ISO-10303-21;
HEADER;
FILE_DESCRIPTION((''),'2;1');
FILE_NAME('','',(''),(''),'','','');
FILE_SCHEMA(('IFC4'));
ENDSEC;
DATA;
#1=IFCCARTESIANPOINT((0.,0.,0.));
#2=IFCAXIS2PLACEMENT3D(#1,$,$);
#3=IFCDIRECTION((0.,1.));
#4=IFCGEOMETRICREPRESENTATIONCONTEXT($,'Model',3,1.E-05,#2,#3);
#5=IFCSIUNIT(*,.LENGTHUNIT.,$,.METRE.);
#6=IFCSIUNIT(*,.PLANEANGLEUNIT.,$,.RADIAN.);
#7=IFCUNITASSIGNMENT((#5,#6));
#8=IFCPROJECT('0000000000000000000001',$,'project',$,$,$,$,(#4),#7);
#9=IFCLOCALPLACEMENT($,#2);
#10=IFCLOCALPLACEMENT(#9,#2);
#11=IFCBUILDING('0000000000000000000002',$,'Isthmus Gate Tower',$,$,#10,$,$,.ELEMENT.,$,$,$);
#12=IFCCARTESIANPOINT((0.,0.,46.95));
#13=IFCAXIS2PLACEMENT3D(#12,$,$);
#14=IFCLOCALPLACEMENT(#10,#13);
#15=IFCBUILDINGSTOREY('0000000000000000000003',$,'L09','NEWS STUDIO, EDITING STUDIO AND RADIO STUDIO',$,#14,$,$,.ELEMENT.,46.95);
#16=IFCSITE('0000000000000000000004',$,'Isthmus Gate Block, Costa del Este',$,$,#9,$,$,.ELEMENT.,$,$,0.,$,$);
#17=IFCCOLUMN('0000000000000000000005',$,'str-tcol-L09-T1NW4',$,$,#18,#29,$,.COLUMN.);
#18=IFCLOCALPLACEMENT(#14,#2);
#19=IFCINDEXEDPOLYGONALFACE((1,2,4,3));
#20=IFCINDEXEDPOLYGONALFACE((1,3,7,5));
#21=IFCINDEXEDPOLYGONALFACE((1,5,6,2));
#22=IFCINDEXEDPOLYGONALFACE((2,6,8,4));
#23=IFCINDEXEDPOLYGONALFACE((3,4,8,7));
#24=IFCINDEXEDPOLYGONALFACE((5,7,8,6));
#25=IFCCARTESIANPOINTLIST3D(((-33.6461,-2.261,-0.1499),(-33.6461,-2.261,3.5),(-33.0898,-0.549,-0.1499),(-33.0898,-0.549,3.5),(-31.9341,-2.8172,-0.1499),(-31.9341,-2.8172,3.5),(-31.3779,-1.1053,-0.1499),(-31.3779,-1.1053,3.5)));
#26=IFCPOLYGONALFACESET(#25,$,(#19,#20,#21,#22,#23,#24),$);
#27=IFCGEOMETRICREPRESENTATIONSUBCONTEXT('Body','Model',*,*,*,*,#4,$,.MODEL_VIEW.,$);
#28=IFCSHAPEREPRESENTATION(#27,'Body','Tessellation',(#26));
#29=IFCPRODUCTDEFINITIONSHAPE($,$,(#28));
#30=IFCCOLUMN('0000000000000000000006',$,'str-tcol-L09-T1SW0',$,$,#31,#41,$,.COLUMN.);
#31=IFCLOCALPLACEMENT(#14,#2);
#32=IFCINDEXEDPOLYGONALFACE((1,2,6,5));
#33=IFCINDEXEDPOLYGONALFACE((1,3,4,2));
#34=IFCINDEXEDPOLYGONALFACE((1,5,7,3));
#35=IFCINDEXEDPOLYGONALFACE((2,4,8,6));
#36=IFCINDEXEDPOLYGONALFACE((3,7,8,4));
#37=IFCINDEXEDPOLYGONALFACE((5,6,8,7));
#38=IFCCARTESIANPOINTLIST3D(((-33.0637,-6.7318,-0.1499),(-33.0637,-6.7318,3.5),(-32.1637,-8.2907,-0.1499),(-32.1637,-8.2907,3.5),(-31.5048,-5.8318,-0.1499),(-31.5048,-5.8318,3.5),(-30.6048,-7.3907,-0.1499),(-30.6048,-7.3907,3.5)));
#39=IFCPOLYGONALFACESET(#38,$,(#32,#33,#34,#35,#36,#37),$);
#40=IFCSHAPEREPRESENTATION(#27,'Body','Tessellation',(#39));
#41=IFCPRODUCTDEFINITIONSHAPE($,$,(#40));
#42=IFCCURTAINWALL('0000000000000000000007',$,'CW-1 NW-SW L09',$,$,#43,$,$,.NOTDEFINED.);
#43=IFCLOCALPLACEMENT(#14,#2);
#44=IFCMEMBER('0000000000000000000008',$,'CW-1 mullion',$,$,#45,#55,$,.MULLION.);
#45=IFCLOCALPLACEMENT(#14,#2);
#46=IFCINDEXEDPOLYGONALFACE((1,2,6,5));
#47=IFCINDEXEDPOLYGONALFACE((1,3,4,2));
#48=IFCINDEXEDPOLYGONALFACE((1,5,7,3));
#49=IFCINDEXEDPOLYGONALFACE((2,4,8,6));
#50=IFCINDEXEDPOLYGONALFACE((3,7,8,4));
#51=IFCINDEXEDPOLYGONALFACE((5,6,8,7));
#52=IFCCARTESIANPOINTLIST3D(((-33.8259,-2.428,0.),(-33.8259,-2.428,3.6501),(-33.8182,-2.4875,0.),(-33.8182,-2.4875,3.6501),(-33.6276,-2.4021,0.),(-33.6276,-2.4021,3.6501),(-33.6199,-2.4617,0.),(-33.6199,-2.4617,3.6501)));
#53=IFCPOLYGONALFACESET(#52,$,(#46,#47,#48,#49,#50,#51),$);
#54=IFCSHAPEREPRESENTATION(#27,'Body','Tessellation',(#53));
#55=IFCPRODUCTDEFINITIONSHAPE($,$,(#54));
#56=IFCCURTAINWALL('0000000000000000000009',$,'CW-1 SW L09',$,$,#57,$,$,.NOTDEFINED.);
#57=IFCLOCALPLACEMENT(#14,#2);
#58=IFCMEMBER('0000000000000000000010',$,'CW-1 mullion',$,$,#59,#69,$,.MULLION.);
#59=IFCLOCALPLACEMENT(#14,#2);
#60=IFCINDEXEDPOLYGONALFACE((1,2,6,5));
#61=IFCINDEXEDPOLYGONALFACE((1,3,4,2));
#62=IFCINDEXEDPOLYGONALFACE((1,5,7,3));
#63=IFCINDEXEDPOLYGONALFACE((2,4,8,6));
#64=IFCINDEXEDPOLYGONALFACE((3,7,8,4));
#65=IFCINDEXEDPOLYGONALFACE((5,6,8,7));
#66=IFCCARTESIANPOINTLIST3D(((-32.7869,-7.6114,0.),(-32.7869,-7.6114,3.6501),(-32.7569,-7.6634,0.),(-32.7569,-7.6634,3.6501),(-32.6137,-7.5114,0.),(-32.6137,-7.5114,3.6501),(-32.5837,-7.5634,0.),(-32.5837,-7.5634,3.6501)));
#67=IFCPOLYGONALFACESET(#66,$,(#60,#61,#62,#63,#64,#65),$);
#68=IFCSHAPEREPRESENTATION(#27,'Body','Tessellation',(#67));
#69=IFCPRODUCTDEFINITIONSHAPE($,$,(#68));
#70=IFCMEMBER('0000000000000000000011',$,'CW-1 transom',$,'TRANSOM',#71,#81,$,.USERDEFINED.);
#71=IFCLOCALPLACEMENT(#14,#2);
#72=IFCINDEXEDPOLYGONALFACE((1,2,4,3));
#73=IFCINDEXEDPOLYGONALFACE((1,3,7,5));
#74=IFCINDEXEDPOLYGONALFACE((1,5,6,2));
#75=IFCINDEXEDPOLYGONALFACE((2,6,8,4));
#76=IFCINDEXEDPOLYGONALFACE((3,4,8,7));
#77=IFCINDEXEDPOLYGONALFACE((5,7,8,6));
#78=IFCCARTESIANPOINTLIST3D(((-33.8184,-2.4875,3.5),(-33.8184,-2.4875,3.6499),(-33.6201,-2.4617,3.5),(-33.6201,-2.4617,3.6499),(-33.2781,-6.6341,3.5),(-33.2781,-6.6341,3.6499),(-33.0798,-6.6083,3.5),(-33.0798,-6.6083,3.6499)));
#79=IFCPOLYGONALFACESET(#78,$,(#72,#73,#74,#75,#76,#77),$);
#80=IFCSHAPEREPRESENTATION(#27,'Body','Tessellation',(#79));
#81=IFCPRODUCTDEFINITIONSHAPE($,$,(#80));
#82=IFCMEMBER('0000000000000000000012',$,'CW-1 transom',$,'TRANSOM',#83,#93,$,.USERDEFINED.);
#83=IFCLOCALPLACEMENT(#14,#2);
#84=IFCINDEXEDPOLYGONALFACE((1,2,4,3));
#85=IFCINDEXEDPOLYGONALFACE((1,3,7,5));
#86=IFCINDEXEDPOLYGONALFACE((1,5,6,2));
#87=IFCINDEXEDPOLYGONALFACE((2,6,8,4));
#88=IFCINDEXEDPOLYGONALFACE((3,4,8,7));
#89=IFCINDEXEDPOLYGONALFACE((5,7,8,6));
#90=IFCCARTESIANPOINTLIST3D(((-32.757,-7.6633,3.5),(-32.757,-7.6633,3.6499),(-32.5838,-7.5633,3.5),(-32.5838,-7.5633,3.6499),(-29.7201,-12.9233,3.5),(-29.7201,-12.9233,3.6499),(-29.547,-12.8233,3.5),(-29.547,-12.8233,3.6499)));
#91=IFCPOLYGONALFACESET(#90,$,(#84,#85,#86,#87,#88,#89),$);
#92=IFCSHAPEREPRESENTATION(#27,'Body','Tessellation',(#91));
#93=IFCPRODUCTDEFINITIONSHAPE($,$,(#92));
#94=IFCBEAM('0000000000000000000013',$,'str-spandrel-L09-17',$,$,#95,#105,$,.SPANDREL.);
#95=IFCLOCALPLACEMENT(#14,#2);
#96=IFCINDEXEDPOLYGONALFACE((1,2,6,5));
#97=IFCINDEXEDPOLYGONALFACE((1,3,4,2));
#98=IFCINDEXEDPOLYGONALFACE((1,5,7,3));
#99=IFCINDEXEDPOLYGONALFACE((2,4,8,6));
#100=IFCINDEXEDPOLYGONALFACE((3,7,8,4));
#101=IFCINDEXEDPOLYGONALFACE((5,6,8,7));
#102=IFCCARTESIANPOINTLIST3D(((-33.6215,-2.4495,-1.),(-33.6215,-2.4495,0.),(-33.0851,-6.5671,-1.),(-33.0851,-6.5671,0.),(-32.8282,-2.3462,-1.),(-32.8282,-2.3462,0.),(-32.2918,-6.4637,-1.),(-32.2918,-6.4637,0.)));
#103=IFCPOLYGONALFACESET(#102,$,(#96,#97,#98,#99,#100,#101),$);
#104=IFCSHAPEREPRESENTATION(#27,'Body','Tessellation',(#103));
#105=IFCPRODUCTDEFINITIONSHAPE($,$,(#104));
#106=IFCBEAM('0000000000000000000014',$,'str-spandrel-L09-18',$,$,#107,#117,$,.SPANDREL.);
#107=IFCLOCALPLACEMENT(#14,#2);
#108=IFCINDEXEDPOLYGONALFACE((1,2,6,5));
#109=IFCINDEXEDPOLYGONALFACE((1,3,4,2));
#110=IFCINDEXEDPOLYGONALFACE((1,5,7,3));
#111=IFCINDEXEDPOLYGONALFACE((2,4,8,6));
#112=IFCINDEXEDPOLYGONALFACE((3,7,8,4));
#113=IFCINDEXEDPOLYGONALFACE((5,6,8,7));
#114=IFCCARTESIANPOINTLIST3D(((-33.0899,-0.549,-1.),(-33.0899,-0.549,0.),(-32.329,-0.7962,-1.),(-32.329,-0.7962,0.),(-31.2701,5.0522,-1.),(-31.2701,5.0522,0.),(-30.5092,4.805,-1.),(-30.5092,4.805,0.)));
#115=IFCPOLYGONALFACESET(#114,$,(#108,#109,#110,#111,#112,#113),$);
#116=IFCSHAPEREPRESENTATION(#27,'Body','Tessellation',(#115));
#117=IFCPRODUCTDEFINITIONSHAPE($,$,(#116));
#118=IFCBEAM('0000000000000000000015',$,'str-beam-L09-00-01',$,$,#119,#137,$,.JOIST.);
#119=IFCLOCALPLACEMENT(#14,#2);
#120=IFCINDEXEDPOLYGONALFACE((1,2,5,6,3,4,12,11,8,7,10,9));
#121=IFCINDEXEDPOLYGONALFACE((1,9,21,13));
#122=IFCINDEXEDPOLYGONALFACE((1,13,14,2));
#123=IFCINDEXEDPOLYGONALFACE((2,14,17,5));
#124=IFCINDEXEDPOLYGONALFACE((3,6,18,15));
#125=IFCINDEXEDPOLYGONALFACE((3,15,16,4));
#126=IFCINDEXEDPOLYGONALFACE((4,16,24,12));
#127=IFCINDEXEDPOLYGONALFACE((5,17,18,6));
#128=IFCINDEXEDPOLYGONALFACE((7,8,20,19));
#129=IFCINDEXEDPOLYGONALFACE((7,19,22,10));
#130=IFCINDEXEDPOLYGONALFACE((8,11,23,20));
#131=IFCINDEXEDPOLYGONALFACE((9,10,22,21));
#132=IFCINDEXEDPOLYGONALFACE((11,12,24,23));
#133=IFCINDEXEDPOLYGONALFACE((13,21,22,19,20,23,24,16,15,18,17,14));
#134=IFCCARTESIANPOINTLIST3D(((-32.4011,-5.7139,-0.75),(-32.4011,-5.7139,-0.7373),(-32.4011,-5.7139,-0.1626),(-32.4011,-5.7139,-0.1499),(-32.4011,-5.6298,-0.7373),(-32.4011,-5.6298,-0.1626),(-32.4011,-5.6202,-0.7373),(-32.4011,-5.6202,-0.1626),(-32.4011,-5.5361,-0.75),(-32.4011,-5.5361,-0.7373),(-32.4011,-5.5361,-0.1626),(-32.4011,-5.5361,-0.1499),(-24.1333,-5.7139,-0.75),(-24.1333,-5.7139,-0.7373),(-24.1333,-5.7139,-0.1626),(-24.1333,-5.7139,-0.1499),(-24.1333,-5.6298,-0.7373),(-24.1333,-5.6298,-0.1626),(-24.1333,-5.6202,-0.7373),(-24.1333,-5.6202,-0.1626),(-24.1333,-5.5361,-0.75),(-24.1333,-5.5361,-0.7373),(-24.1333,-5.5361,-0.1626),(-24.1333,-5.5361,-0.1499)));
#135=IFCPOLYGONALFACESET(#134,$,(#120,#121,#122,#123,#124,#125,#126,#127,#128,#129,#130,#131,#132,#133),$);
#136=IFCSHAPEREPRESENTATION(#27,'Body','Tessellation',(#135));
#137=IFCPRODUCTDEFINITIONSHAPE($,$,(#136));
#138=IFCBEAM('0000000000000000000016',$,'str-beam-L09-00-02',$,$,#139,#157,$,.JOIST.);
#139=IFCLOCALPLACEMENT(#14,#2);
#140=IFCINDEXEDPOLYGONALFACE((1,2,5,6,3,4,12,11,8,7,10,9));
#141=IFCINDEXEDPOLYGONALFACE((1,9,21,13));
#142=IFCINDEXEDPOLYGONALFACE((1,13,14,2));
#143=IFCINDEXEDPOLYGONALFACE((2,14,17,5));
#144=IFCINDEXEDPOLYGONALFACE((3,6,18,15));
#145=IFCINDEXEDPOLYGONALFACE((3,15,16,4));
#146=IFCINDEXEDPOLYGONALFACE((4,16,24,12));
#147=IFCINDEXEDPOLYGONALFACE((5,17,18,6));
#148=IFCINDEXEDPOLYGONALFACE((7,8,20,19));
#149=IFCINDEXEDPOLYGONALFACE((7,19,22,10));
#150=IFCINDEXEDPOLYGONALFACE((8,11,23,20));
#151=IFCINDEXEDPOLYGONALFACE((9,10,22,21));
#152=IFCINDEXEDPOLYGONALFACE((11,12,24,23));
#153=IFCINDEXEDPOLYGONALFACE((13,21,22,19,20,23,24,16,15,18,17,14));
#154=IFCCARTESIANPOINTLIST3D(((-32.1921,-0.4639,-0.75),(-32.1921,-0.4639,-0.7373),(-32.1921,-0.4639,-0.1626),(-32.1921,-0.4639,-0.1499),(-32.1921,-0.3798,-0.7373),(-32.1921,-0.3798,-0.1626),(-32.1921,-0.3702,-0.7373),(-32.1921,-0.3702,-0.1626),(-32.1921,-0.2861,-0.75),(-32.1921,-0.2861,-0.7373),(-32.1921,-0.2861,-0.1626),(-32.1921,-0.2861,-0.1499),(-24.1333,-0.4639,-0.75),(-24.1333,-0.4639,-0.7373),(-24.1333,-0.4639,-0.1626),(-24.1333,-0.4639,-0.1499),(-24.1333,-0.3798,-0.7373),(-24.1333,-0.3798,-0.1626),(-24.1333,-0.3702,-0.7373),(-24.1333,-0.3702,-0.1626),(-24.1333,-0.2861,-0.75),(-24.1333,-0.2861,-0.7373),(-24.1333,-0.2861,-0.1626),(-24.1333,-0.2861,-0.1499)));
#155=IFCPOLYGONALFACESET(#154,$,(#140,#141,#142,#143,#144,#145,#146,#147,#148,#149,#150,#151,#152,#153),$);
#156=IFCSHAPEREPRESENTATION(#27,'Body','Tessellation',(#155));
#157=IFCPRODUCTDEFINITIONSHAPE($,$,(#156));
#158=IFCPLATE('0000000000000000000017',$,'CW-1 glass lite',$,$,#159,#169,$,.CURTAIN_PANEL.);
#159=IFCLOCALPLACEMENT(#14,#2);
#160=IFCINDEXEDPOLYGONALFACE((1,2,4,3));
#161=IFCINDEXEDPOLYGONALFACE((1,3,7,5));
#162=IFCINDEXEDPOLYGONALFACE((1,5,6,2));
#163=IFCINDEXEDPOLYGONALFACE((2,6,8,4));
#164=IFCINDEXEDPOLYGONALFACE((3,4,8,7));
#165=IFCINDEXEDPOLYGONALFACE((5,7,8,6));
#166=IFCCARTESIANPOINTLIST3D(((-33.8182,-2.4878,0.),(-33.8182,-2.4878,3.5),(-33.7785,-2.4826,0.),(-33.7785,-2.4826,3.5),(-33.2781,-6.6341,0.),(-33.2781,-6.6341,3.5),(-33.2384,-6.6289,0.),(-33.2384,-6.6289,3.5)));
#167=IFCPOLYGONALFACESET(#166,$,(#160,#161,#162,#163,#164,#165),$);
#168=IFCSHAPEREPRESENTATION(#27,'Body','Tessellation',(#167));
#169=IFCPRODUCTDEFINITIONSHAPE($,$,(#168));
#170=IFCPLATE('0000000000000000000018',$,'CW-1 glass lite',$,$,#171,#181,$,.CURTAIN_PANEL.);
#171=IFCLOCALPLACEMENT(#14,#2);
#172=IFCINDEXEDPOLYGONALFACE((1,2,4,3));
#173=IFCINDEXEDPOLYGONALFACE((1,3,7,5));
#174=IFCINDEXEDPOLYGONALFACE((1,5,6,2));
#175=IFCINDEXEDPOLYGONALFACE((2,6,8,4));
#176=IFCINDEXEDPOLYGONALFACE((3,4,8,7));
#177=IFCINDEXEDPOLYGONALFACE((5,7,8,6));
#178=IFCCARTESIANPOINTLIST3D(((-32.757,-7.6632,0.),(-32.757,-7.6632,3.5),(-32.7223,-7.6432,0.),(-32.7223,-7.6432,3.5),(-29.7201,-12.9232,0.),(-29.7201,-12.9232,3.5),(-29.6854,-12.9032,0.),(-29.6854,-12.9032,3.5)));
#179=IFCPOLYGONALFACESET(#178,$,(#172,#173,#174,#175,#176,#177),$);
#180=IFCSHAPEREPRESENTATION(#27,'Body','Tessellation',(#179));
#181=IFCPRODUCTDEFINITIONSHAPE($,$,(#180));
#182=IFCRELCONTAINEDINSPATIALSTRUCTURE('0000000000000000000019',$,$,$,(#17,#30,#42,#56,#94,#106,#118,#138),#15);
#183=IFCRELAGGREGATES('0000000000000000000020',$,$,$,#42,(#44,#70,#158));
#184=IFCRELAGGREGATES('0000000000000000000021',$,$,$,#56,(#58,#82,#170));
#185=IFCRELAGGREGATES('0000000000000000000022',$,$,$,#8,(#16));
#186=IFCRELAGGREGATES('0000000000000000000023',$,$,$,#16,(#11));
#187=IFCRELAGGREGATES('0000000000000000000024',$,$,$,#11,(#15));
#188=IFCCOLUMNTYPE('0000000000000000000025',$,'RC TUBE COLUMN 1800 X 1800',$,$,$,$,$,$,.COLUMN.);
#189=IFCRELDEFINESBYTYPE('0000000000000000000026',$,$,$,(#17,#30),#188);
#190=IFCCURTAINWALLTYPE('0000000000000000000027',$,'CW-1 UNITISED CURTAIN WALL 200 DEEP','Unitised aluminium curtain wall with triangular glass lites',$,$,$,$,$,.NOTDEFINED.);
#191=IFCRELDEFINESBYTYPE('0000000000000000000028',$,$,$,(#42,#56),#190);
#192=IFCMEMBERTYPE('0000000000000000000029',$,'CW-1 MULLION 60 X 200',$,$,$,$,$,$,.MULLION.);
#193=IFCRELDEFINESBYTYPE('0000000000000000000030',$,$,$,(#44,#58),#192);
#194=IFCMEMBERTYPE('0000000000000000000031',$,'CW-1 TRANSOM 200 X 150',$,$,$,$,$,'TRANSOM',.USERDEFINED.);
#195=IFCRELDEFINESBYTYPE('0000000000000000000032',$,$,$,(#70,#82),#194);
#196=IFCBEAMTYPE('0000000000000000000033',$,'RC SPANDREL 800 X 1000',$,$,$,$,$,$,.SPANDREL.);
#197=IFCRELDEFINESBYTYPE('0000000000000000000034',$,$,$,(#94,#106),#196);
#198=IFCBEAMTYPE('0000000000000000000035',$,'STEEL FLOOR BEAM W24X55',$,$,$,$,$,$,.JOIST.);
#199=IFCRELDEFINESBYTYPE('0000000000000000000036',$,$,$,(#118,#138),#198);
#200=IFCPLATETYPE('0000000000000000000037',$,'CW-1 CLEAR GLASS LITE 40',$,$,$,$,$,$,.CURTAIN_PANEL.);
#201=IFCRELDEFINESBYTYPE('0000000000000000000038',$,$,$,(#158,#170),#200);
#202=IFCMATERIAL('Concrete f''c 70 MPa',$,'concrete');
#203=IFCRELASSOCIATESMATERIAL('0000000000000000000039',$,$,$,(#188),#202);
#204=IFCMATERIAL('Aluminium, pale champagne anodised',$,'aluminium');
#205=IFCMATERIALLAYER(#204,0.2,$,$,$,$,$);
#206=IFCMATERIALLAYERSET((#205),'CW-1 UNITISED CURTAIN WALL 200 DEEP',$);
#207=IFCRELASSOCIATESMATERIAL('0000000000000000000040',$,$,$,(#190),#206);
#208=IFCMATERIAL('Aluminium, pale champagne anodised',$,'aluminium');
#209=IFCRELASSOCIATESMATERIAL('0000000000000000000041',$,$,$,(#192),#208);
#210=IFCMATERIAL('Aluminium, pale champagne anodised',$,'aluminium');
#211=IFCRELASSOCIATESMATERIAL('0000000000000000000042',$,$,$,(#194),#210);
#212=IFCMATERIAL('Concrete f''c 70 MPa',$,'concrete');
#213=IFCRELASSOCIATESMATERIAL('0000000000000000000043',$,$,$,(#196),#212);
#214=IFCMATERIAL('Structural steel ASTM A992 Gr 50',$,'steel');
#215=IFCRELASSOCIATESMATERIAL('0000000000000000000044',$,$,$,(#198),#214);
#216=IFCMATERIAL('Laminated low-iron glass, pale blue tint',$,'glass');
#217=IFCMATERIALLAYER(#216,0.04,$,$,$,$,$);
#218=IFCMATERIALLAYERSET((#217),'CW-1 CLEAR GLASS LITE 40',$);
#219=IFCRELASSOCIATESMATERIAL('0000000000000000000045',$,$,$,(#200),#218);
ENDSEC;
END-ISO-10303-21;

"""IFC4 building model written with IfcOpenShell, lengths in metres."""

from ifc_helpers import new_model, si_unit, direction, frame, origin, origin_2d, place, context, subcontext, project, spatial, rectangle, i_section, extrude, material, layer, layer_set, material_profile, profile_set, type_object, element, aggregate, save


model = new_model("IFC4")

# Units and contexts
model_context = context("Model", 3, precision=1e-05, world=origin(), true_north=direction((0.0, 1.0)))
body_context = subcontext(model_context, "Body", "Model", "MODEL_VIEW")
ifc_project = project(units=[si_unit("LENGTHUNIT", "METRE"), si_unit("PLANEANGLEUNIT", "RADIAN")], contexts=[model_context])

# Site, building, storey
site_placement = place(None, origin())
site = spatial("IfcSite", under=ifc_project, at=site_placement, Name="Isthmus Gate Block, Costa del Este", CompositionType="ELEMENT", RefElevation=0.0)
building_placement = place(site_placement, origin())
building = spatial("IfcBuilding", under=site, at=building_placement, Name="Isthmus Gate Tower", CompositionType="ELEMENT")
storey_placement = place(building_placement, frame((0.0, 0.0, 46.95)))
storey = spatial("IfcBuildingStorey", under=building, at=storey_placement, Name="L09", Description="NEWS STUDIO, EDITING STUDIO AND RADIO STUDIO", CompositionType="ELEMENT", Elevation=46.95)

# Columns
ifc_material_1 = material(Name="Concrete f'c 70 MPa", Category="concrete")
ifc_material_profile_1 = material_profile(ifc_material_1, rectangle(XDim=1.8, YDim=1.8, at=origin_2d()), Name="RC 1800X1800")
ifc_profile_set_1 = profile_set([ifc_material_profile_1], Name="Concrete f'c 70 MPa")
column_type = type_object("IfcColumnType", Name="RC TUBE COLUMN 1800 X 1800", PredefinedType="COLUMN", material=ifc_profile_set_1)
for number, where, z_axis, x_axis, name in (
    (1, (-32.512, -1.6831, -0.1499), (0.0, 0.0, 1.0), (-0.309017, -0.951057, 0.0), "str-tcol-L09-T1NW4"),
    (2, (-31.8342, -7.0613, -0.1499), (0.0, 0.0, 1.0), (0.5, -0.866025, 0.0), "str-tcol-L09-T1SW0"),
):
    element("IfcColumn", number, at=place(storey_placement, frame(where, z_axis=z_axis, x_axis=x_axis)), inside=storey, type_object=column_type, Name=name, PredefinedType="COLUMN", context=body_context, shape_type="SweptSolid", body=[
        extrude(rectangle(XDim=1.8, YDim=1.8, at=origin_2d()), origin(), (0.0, 0.0, 1.0), 3.6499),
    ])

# Curtain walls, members
ifc_material_2 = material(Name="Aluminium, pale champagne anodised", Category="aluminium")
ifc_layer_1 = layer(ifc_material_2, 0.2)
ifc_layer_set_1 = layer_set([ifc_layer_1], Name="CW-1 UNITISED CURTAIN WALL 200 DEEP")
curtain_wall_type = type_object("IfcCurtainWallType", Name="CW-1 UNITISED CURTAIN WALL 200 DEEP", Description="Unitised aluminium curtain wall with triangular glass lites", PredefinedType="NOTDEFINED", material=ifc_layer_set_1)
curtain_wall_1_placement = place(storey_placement, origin())
curtain_wall_1 = element("IfcCurtainWall", 3, at=curtain_wall_1_placement, inside=storey, type_object=curtain_wall_type, Name="CW-1 NW-SW L09", PredefinedType="NOTDEFINED")
ifc_material_3 = material(Name="Aluminium, pale champagne anodised", Category="aluminium")
ifc_material_profile_2 = material_profile(ifc_material_3, rectangle(XDim=0.0601, YDim=0.2, at=origin_2d()), Name="60x200")
ifc_profile_set_2 = profile_set([ifc_material_profile_2], Name="Aluminium, pale champagne anodised")
member_type_1 = type_object("IfcMemberType", Name="CW-1 MULLION 60 X 200", PredefinedType="MULLION", material=ifc_profile_set_2)
member_1_placement = place(storey_placement, frame((-33.7229, -2.4448, 0.0), z_axis=(0.0, 0.0, 1.0), x_axis=(0.129165, -0.991623, 0.0)))
member_1 = element("IfcMember", 4, at=member_1_placement, type_object=member_type_1, Name="CW-1 mullion", PredefinedType="MULLION", context=body_context, shape_type="SweptSolid", body=[
    extrude(rectangle(XDim=0.0601, YDim=0.2, at=origin_2d()), origin(), (0.0, 0.0, 1.0), 3.6501),
])
curtain_wall_2_placement = place(storey_placement, origin())
curtain_wall_2 = element("IfcCurtainWall", 5, at=curtain_wall_2_placement, inside=storey, type_object=curtain_wall_type, Name="CW-1 SW L09", PredefinedType="NOTDEFINED")
member_2_placement = place(storey_placement, frame((-32.6853, -7.5874, 0.0), z_axis=(0.0, 0.0, 1.0), x_axis=(0.5, -0.866025, 0.0)))
member_2 = element("IfcMember", 6, at=member_2_placement, type_object=member_type_1, Name="CW-1 mullion", PredefinedType="MULLION", context=body_context, shape_type="SweptSolid", body=[
    extrude(rectangle(XDim=0.0601, YDim=0.2, at=origin_2d()), origin(), (0.0, 0.0, 1.0), 3.6501),
])

# Members
ifc_material_4 = material(Name="Aluminium, pale champagne anodised", Category="aluminium")
ifc_material_profile_3 = material_profile(ifc_material_4, rectangle(XDim=0.2, YDim=0.1499, at=origin_2d()), Name="200x150")
ifc_profile_set_3 = profile_set([ifc_material_profile_3], Name="Aluminium, pale champagne anodised")
member_type_2 = type_object("IfcMemberType", Name="CW-1 TRANSOM 200 X 150", ElementType="TRANSOM", PredefinedType="USERDEFINED", material=ifc_profile_set_3)
member_3_placement = place(storey_placement, frame((-33.7192, -2.4746, 3.575), z_axis=(0.129207, -0.991618, 0.0), x_axis=(0.991618, 0.129207, 0.0)))
member_3 = element("IfcMember", 7, at=member_3_placement, type_object=member_type_2, Name="CW-1 transom", ObjectType="TRANSOM", PredefinedType="USERDEFINED", context=body_context, shape_type="SweptSolid", body=[
    extrude(rectangle(XDim=0.2, YDim=0.1499, at=origin_2d()), origin(), (0.0, 0.0, 1.0), 4.1816),
])
member_4_placement = place(storey_placement, frame((-32.6704, -7.6133, 3.575), z_axis=(0.5, -0.866026, 0.0), x_axis=(0.866026, 0.5, 0.0)))
member_4 = element("IfcMember", 8, at=member_4_placement, type_object=member_type_2, Name="CW-1 transom", ObjectType="TRANSOM", PredefinedType="USERDEFINED", context=body_context, shape_type="SweptSolid", body=[
    extrude(rectangle(XDim=0.2, YDim=0.1499, at=origin_2d()), origin(), (0.0, 0.0, 1.0), 6.0737),
])

# Beams
ifc_material_5 = material(Name="Concrete f'c 70 MPa", Category="concrete")
ifc_material_profile_4 = material_profile(ifc_material_5, rectangle(XDim=0.8, YDim=1.0, at=origin_2d()), Name="RC 800X1000")
ifc_profile_set_4 = profile_set([ifc_material_profile_4], Name="Concrete f'c 70 MPa")
beam_type_1 = type_object("IfcBeamType", Name="RC SPANDREL 800 X 1000", PredefinedType="SPANDREL", material=ifc_profile_set_4)
beam_1_placement = place(storey_placement, frame((-32.6885, -6.5154, -0.5), z_axis=(-0.129171, 0.991622, 0.0), x_axis=(-0.991622, -0.129171, 0.0)))
element("IfcBeam", 9, at=beam_1_placement, inside=storey, type_object=beam_type_1, Name="str-spandrel-L09-17", PredefinedType="SPANDREL", context=body_context, shape_type="SweptSolid", body=[
    extrude(rectangle(XDim=0.8, YDim=1.0, at=origin_2d()), origin(), (0.0, 0.0, 1.0), 4.1523),
])
beam_2_placement = place(storey_placement, frame((-32.7095, -0.6726, -0.5), z_axis=(0.309005, 0.95106, 0.0), x_axis=(-0.95106, 0.309005, 0.0)))
element("IfcBeam", 10, at=beam_2_placement, inside=storey, type_object=beam_type_1, Name="str-spandrel-L09-18", PredefinedType="SPANDREL", context=body_context, shape_type="SweptSolid", body=[
    extrude(rectangle(XDim=0.8, YDim=1.0, at=origin_2d()), origin(), (0.0, 0.0, 1.0), 5.8894),
])
ifc_material_6 = material(Name="Structural steel ASTM A992 Gr 50", Category="steel")
ifc_material_profile_5 = material_profile(ifc_material_6, i_section(OverallWidth=0.1777, OverallDepth=0.6001, WebThickness=0.0095, FlangeThickness=0.0127, at=origin_2d()), Name="W24X55")
ifc_profile_set_5 = profile_set([ifc_material_profile_5], Name="Structural steel ASTM A992 Gr 50")
beam_type_2 = type_object("IfcBeamType", Name="STEEL FLOOR BEAM W24X55", PredefinedType="JOIST", material=ifc_profile_set_5)
beam_3_placement = place(storey_placement, frame((-32.4011, -5.625, -0.45), z_axis=(1.0, 0.0, 0.0), x_axis=(0.0, 1.0, 0.0)))
element("IfcBeam", 11, at=beam_3_placement, inside=storey, type_object=beam_type_2, Name="str-beam-L09-00-01", PredefinedType="JOIST", context=body_context, shape_type="SweptSolid", body=[
    extrude(i_section(OverallWidth=0.1777, OverallDepth=0.6001, WebThickness=0.0095, FlangeThickness=0.0127, at=origin_2d()), origin(), (0.0, 0.0, 1.0), 8.2678),
])
beam_4_placement = place(storey_placement, frame((-32.1921, -0.375, -0.45), z_axis=(1.0, 0.0, 0.0), x_axis=(0.0, 1.0, 0.0)))
element("IfcBeam", 12, at=beam_4_placement, inside=storey, type_object=beam_type_2, Name="str-beam-L09-00-02", PredefinedType="JOIST", context=body_context, shape_type="SweptSolid", body=[
    extrude(i_section(OverallWidth=0.1777, OverallDepth=0.6001, WebThickness=0.0095, FlangeThickness=0.0127, at=origin_2d()), origin(), (0.0, 0.0, 1.0), 8.0588),
])

# Plates
ifc_material_7 = material(Name="Laminated low-iron glass, pale blue tint", Category="glass")
ifc_layer_2 = layer(ifc_material_7, 0.04)
ifc_layer_set_2 = layer_set([ifc_layer_2], Name="CW-1 CLEAR GLASS LITE 40")
plate_type = type_object("IfcPlateType", Name="CW-1 CLEAR GLASS LITE 40", PredefinedType="CURTAIN_PANEL", material=ifc_layer_set_2)
plate_1_placement = place(storey_placement, frame((-33.5283, -4.5583, 0.0), z_axis=(0.0, 0.0, 1.0), x_axis=(0.129165, -0.991623, 0.0)))
plate_1 = element("IfcPlate", 13, at=plate_1_placement, type_object=plate_type, Name="CW-1 glass lite", PredefinedType="CURTAIN_PANEL", context=body_context, shape_type="SweptSolid", body=[
    extrude(rectangle(XDim=4.1814, YDim=0.04, at=origin_2d()), origin(), (0.0, 0.0, 1.0), 3.5),
])
aggregate(curtain_wall_1, [member_1, member_3, plate_1])
plate_2_placement = place(storey_placement, frame((-31.2212, -10.2832, 0.0), z_axis=(0.0, 0.0, 1.0), x_axis=(0.5, -0.866025, 0.0)))
plate_2 = element("IfcPlate", 14, at=plate_2_placement, type_object=plate_type, Name="CW-1 glass lite", PredefinedType="CURTAIN_PANEL", context=body_context, shape_type="SweptSolid", body=[
    extrude(rectangle(XDim=6.0737, YDim=0.04, at=origin_2d()), origin(), (0.0, 0.0, 1.0), 3.5),
])
aggregate(curtain_wall_2, [member_2, member_4, plate_2])

save(model, "model.ifc")
